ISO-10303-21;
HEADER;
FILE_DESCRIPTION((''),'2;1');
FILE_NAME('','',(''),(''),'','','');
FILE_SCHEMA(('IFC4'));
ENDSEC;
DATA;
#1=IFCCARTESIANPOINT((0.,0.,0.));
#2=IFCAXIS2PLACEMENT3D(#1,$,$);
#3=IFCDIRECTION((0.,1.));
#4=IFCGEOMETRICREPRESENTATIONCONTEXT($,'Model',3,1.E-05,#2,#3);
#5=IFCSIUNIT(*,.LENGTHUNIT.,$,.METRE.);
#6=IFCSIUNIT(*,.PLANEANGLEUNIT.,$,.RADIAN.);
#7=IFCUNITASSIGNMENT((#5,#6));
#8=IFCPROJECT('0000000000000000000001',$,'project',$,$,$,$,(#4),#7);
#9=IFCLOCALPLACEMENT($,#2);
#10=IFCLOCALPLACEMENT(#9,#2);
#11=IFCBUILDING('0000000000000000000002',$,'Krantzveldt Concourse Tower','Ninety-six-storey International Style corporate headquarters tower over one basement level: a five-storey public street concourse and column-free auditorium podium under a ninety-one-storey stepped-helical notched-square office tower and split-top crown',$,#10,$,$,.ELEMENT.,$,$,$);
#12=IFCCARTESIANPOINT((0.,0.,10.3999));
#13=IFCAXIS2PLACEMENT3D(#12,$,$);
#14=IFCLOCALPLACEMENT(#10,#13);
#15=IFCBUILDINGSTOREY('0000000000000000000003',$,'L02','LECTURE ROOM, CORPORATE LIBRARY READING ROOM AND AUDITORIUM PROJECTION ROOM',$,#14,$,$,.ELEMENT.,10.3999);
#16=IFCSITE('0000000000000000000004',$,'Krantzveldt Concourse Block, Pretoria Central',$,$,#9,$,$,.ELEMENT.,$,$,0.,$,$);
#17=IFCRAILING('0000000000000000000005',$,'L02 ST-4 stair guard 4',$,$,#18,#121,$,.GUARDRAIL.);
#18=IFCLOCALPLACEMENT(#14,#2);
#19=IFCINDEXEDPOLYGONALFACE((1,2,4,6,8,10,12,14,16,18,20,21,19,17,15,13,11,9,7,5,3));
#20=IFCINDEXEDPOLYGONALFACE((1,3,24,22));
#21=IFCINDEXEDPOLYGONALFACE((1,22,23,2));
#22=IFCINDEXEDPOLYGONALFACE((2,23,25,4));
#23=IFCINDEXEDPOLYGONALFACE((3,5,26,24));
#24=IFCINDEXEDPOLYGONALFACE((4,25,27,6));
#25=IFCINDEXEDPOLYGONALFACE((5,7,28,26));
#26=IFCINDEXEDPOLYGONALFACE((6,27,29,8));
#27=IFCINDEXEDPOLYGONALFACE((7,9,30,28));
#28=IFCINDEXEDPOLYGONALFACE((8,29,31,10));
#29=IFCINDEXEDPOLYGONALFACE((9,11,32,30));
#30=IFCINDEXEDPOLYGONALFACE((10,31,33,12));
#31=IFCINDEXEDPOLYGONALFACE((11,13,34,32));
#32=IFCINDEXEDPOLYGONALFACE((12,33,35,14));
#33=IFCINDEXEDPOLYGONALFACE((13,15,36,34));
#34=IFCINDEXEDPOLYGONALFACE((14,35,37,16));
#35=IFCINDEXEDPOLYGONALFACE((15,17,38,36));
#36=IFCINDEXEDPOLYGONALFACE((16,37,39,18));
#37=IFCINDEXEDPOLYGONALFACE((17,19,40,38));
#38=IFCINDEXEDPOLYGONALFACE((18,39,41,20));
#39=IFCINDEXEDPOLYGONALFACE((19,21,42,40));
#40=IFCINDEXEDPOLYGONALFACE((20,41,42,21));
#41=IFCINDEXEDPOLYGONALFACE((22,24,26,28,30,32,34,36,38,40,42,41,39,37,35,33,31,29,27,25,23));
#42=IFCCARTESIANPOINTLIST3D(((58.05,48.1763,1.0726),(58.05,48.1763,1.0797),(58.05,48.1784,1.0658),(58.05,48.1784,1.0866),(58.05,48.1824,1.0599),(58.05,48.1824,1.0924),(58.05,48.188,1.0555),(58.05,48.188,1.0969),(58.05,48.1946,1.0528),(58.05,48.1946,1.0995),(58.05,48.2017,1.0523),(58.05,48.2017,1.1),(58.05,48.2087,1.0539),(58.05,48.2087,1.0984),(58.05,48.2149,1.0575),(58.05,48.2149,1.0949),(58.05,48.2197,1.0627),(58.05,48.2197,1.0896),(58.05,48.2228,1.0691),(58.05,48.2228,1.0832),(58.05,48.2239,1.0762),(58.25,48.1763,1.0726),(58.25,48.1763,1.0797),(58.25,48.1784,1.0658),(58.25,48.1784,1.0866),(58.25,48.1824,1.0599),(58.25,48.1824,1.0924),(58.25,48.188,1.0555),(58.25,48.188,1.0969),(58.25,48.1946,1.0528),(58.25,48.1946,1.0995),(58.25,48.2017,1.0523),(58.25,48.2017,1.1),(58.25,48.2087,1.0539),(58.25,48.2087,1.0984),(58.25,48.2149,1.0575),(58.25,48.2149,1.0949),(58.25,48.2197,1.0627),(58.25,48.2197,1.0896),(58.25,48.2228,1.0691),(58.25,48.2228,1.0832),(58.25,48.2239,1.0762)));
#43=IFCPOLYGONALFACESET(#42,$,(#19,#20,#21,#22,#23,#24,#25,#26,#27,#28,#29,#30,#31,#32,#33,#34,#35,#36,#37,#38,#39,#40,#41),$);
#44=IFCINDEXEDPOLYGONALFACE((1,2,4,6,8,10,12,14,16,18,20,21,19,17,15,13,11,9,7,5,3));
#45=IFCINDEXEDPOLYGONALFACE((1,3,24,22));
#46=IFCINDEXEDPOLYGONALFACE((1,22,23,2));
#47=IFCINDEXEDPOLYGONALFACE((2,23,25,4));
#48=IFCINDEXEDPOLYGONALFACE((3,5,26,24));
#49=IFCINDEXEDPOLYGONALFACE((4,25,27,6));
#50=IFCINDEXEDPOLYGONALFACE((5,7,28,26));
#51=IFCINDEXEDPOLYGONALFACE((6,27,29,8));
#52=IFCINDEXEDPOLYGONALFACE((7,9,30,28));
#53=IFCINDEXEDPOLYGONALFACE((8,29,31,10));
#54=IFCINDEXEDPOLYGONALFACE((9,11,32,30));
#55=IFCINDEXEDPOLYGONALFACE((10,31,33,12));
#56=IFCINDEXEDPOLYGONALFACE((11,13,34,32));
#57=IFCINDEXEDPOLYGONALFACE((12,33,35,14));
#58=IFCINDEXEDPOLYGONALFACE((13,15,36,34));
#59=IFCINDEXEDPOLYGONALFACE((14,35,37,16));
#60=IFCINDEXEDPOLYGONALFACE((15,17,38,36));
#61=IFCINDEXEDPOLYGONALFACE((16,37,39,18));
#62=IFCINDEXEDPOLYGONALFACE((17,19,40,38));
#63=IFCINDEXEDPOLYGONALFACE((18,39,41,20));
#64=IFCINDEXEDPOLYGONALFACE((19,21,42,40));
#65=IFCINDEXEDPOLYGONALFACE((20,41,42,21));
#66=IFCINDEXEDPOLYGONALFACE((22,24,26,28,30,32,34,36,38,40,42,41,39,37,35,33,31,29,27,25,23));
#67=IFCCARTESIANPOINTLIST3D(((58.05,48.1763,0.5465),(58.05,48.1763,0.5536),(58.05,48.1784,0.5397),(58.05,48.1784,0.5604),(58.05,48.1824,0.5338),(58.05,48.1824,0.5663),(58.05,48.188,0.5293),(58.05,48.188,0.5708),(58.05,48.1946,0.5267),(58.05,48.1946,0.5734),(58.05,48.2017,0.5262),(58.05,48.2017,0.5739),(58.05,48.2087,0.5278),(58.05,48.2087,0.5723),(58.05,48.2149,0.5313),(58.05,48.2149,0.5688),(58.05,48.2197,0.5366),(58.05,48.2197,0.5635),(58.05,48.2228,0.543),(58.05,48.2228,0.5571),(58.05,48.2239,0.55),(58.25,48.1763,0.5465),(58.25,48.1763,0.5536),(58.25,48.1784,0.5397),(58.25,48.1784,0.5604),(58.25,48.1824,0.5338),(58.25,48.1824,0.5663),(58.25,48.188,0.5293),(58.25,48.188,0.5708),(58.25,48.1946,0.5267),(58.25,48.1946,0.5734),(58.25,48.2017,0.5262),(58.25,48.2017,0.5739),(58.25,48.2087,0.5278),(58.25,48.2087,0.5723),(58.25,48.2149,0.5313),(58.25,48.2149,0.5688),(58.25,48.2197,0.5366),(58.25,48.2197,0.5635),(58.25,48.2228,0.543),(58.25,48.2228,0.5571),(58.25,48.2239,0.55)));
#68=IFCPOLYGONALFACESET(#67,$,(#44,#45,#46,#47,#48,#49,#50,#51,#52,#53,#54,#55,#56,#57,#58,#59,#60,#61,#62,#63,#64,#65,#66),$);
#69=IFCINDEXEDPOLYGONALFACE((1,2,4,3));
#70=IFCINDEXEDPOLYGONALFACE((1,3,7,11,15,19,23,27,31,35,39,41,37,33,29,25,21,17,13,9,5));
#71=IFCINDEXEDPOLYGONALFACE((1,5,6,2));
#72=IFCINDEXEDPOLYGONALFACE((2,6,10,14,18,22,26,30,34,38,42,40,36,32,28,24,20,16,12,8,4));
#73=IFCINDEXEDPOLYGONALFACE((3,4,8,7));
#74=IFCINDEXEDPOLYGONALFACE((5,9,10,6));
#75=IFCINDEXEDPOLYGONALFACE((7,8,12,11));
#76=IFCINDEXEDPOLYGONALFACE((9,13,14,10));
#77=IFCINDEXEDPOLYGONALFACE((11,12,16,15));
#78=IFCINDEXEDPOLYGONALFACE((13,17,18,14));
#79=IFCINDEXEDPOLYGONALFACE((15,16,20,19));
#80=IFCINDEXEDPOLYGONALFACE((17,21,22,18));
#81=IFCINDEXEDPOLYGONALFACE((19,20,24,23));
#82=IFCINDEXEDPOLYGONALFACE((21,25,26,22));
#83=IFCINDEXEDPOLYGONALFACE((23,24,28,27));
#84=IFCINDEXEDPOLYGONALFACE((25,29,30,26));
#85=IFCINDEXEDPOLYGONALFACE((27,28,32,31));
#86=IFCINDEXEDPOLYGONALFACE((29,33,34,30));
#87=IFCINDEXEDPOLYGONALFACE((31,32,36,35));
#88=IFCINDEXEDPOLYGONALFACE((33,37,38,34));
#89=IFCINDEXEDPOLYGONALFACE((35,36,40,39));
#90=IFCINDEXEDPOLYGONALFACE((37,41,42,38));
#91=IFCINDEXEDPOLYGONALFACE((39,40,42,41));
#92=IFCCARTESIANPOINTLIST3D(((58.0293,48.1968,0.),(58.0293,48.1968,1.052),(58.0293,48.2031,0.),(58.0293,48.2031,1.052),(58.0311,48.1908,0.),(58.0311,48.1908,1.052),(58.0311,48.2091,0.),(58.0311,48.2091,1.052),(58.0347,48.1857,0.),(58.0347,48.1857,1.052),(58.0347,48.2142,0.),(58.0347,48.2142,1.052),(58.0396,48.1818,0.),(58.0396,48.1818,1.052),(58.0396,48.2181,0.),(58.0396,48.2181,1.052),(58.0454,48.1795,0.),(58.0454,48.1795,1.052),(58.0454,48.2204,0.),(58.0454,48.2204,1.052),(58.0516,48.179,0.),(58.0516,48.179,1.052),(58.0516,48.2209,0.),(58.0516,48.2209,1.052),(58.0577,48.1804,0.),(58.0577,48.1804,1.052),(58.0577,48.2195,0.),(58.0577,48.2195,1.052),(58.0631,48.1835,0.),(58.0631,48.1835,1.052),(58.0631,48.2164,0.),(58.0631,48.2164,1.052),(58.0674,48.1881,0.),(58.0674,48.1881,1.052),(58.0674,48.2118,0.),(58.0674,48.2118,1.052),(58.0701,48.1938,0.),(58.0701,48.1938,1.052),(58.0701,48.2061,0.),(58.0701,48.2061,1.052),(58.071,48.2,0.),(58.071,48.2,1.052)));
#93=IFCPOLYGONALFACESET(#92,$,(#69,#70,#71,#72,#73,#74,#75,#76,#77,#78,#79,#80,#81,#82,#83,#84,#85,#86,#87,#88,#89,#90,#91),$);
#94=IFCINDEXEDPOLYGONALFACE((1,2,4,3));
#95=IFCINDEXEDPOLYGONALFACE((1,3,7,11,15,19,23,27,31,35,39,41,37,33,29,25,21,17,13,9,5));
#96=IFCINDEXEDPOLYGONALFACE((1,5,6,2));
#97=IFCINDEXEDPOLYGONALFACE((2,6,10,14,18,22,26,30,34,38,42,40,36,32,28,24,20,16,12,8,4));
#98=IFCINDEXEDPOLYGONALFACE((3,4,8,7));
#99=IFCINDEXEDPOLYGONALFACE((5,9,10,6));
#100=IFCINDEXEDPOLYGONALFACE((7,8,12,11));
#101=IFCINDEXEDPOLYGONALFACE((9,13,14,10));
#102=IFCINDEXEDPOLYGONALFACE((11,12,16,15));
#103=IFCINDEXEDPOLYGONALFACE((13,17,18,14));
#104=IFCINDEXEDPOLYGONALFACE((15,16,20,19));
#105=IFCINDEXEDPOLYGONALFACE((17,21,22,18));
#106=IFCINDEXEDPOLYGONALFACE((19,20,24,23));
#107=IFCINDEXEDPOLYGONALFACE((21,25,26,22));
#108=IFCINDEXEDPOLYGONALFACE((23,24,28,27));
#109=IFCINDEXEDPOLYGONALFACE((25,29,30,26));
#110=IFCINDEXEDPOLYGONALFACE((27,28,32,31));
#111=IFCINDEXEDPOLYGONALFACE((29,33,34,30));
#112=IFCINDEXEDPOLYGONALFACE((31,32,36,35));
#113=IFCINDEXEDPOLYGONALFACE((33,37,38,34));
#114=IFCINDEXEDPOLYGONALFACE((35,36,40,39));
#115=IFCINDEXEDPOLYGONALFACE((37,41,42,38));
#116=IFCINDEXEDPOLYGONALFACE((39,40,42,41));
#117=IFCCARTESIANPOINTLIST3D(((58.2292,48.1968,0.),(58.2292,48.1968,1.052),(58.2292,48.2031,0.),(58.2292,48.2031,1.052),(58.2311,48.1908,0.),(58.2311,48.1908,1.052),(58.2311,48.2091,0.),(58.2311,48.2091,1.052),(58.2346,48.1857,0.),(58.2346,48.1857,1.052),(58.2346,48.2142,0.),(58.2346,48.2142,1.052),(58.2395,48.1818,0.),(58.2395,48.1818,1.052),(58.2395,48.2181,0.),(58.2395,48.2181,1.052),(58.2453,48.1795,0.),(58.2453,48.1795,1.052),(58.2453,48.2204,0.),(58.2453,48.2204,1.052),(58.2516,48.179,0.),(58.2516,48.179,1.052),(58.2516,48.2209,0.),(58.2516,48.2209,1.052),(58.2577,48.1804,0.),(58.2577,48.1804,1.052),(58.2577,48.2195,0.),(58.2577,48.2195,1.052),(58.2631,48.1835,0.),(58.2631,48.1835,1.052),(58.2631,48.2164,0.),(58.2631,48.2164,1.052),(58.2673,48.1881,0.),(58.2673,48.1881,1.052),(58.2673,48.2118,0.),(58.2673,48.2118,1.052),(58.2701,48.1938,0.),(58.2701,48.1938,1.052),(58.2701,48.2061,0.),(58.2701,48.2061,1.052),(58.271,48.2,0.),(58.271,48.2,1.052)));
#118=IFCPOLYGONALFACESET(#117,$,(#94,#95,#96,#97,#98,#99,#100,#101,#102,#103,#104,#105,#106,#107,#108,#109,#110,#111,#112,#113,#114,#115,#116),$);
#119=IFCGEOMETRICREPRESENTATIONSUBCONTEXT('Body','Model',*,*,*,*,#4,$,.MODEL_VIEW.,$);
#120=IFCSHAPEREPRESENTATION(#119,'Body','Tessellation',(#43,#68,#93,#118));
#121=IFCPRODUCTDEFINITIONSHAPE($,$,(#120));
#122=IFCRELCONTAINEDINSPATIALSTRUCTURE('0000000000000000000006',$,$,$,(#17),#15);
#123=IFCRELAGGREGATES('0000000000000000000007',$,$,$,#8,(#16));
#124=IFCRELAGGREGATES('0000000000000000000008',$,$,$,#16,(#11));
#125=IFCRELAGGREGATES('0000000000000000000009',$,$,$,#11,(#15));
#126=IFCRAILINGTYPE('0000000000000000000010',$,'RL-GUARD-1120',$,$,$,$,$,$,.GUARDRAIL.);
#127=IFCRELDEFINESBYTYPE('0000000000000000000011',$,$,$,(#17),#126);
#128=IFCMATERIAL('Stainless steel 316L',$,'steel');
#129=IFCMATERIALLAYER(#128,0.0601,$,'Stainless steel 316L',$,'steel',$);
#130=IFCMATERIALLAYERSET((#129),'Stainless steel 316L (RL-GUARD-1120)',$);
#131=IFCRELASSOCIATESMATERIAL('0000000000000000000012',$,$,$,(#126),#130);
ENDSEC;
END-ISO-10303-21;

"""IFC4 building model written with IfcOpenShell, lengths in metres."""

from ifc_helpers import new_model, si_unit, direction, frame, origin, origin_2d, place, context, subcontext, project, spatial, circle, extrude, material, layer, layer_set, type_object, element, save


model = new_model("IFC4")

# Units and contexts
model_context = context("Model", 3, precision=1e-05, world=origin(), true_north=direction((0.0, 1.0)))
body_context = subcontext(model_context, "Body", "Model", "MODEL_VIEW")
ifc_project = project(units=[si_unit("LENGTHUNIT", "METRE"), si_unit("PLANEANGLEUNIT", "RADIAN")], contexts=[model_context])

# Site, building, storey
site_placement = place(None, origin())
site = spatial("IfcSite", under=ifc_project, at=site_placement, Name="Krantzveldt Concourse Block, Pretoria Central", CompositionType="ELEMENT", RefElevation=0.0)
building_placement = place(site_placement, origin())
building = spatial("IfcBuilding", under=site, at=building_placement, Name="Krantzveldt Concourse Tower", Description="Ninety-six-storey International Style corporate headquarters tower over one basement level: a five-storey public street concourse and column-free auditorium podium under a ninety-one-storey stepped-helical notched-square office tower and split-top crown", CompositionType="ELEMENT")
storey_placement = place(building_placement, frame((0.0, 0.0, 10.3999)))
storey = spatial("IfcBuildingStorey", under=building, at=storey_placement, Name="L02", Description="LECTURE ROOM, CORPORATE LIBRARY READING ROOM AND AUDITORIUM PROJECTION ROOM", CompositionType="ELEMENT", Elevation=10.3999)

# Railing
ifc_material_1 = material(Name="Stainless steel 316L", Category="steel")
ifc_layer_1 = layer(ifc_material_1, 0.0601, Name="Stainless steel 316L", Category="steel")
ifc_layer_set_1 = layer_set([ifc_layer_1], Name="Stainless steel 316L (RL-GUARD-1120)")
railing_type_1 = type_object("IfcRailingType", Name="RL-GUARD-1120", PredefinedType="GUARDRAIL", material=ifc_layer_set_1)
railing_1_placement = place(storey_placement, frame((58.05, 48.2, 0.0)))
element("IfcRailing", 1, at=railing_1_placement, inside=storey, type_object=railing_type_1, Name="L02 ST-4 stair guard 4", PredefinedType="GUARDRAIL", context=body_context, shape_type="SweptSolid", body=[
    extrude(circle(Radius=0.0239, at=origin_2d()), frame((0.0, 0.0, 1.0762), z_axis=(1.0, 0.0, 0.0), x_axis=(0.0, 1.0, 0.0)), (0.0, 0.0, 1.0), 0.2),
    extrude(circle(Radius=0.0239, at=origin_2d()), frame((0.0, 0.0, 0.55), z_axis=(1.0, 0.0, 0.0), x_axis=(0.0, 1.0, 0.0)), (0.0, 0.0, 1.0), 0.2),
    extrude(circle(Radius=0.021, at=origin_2d()), origin(), (0.0, 0.0, 1.0), 1.052),
    extrude(circle(Radius=0.021, at=origin_2d()), frame((0.2, 0.0, 0.0)), (0.0, 0.0, 1.0), 1.052),
])

save(model, "model.ifc")
